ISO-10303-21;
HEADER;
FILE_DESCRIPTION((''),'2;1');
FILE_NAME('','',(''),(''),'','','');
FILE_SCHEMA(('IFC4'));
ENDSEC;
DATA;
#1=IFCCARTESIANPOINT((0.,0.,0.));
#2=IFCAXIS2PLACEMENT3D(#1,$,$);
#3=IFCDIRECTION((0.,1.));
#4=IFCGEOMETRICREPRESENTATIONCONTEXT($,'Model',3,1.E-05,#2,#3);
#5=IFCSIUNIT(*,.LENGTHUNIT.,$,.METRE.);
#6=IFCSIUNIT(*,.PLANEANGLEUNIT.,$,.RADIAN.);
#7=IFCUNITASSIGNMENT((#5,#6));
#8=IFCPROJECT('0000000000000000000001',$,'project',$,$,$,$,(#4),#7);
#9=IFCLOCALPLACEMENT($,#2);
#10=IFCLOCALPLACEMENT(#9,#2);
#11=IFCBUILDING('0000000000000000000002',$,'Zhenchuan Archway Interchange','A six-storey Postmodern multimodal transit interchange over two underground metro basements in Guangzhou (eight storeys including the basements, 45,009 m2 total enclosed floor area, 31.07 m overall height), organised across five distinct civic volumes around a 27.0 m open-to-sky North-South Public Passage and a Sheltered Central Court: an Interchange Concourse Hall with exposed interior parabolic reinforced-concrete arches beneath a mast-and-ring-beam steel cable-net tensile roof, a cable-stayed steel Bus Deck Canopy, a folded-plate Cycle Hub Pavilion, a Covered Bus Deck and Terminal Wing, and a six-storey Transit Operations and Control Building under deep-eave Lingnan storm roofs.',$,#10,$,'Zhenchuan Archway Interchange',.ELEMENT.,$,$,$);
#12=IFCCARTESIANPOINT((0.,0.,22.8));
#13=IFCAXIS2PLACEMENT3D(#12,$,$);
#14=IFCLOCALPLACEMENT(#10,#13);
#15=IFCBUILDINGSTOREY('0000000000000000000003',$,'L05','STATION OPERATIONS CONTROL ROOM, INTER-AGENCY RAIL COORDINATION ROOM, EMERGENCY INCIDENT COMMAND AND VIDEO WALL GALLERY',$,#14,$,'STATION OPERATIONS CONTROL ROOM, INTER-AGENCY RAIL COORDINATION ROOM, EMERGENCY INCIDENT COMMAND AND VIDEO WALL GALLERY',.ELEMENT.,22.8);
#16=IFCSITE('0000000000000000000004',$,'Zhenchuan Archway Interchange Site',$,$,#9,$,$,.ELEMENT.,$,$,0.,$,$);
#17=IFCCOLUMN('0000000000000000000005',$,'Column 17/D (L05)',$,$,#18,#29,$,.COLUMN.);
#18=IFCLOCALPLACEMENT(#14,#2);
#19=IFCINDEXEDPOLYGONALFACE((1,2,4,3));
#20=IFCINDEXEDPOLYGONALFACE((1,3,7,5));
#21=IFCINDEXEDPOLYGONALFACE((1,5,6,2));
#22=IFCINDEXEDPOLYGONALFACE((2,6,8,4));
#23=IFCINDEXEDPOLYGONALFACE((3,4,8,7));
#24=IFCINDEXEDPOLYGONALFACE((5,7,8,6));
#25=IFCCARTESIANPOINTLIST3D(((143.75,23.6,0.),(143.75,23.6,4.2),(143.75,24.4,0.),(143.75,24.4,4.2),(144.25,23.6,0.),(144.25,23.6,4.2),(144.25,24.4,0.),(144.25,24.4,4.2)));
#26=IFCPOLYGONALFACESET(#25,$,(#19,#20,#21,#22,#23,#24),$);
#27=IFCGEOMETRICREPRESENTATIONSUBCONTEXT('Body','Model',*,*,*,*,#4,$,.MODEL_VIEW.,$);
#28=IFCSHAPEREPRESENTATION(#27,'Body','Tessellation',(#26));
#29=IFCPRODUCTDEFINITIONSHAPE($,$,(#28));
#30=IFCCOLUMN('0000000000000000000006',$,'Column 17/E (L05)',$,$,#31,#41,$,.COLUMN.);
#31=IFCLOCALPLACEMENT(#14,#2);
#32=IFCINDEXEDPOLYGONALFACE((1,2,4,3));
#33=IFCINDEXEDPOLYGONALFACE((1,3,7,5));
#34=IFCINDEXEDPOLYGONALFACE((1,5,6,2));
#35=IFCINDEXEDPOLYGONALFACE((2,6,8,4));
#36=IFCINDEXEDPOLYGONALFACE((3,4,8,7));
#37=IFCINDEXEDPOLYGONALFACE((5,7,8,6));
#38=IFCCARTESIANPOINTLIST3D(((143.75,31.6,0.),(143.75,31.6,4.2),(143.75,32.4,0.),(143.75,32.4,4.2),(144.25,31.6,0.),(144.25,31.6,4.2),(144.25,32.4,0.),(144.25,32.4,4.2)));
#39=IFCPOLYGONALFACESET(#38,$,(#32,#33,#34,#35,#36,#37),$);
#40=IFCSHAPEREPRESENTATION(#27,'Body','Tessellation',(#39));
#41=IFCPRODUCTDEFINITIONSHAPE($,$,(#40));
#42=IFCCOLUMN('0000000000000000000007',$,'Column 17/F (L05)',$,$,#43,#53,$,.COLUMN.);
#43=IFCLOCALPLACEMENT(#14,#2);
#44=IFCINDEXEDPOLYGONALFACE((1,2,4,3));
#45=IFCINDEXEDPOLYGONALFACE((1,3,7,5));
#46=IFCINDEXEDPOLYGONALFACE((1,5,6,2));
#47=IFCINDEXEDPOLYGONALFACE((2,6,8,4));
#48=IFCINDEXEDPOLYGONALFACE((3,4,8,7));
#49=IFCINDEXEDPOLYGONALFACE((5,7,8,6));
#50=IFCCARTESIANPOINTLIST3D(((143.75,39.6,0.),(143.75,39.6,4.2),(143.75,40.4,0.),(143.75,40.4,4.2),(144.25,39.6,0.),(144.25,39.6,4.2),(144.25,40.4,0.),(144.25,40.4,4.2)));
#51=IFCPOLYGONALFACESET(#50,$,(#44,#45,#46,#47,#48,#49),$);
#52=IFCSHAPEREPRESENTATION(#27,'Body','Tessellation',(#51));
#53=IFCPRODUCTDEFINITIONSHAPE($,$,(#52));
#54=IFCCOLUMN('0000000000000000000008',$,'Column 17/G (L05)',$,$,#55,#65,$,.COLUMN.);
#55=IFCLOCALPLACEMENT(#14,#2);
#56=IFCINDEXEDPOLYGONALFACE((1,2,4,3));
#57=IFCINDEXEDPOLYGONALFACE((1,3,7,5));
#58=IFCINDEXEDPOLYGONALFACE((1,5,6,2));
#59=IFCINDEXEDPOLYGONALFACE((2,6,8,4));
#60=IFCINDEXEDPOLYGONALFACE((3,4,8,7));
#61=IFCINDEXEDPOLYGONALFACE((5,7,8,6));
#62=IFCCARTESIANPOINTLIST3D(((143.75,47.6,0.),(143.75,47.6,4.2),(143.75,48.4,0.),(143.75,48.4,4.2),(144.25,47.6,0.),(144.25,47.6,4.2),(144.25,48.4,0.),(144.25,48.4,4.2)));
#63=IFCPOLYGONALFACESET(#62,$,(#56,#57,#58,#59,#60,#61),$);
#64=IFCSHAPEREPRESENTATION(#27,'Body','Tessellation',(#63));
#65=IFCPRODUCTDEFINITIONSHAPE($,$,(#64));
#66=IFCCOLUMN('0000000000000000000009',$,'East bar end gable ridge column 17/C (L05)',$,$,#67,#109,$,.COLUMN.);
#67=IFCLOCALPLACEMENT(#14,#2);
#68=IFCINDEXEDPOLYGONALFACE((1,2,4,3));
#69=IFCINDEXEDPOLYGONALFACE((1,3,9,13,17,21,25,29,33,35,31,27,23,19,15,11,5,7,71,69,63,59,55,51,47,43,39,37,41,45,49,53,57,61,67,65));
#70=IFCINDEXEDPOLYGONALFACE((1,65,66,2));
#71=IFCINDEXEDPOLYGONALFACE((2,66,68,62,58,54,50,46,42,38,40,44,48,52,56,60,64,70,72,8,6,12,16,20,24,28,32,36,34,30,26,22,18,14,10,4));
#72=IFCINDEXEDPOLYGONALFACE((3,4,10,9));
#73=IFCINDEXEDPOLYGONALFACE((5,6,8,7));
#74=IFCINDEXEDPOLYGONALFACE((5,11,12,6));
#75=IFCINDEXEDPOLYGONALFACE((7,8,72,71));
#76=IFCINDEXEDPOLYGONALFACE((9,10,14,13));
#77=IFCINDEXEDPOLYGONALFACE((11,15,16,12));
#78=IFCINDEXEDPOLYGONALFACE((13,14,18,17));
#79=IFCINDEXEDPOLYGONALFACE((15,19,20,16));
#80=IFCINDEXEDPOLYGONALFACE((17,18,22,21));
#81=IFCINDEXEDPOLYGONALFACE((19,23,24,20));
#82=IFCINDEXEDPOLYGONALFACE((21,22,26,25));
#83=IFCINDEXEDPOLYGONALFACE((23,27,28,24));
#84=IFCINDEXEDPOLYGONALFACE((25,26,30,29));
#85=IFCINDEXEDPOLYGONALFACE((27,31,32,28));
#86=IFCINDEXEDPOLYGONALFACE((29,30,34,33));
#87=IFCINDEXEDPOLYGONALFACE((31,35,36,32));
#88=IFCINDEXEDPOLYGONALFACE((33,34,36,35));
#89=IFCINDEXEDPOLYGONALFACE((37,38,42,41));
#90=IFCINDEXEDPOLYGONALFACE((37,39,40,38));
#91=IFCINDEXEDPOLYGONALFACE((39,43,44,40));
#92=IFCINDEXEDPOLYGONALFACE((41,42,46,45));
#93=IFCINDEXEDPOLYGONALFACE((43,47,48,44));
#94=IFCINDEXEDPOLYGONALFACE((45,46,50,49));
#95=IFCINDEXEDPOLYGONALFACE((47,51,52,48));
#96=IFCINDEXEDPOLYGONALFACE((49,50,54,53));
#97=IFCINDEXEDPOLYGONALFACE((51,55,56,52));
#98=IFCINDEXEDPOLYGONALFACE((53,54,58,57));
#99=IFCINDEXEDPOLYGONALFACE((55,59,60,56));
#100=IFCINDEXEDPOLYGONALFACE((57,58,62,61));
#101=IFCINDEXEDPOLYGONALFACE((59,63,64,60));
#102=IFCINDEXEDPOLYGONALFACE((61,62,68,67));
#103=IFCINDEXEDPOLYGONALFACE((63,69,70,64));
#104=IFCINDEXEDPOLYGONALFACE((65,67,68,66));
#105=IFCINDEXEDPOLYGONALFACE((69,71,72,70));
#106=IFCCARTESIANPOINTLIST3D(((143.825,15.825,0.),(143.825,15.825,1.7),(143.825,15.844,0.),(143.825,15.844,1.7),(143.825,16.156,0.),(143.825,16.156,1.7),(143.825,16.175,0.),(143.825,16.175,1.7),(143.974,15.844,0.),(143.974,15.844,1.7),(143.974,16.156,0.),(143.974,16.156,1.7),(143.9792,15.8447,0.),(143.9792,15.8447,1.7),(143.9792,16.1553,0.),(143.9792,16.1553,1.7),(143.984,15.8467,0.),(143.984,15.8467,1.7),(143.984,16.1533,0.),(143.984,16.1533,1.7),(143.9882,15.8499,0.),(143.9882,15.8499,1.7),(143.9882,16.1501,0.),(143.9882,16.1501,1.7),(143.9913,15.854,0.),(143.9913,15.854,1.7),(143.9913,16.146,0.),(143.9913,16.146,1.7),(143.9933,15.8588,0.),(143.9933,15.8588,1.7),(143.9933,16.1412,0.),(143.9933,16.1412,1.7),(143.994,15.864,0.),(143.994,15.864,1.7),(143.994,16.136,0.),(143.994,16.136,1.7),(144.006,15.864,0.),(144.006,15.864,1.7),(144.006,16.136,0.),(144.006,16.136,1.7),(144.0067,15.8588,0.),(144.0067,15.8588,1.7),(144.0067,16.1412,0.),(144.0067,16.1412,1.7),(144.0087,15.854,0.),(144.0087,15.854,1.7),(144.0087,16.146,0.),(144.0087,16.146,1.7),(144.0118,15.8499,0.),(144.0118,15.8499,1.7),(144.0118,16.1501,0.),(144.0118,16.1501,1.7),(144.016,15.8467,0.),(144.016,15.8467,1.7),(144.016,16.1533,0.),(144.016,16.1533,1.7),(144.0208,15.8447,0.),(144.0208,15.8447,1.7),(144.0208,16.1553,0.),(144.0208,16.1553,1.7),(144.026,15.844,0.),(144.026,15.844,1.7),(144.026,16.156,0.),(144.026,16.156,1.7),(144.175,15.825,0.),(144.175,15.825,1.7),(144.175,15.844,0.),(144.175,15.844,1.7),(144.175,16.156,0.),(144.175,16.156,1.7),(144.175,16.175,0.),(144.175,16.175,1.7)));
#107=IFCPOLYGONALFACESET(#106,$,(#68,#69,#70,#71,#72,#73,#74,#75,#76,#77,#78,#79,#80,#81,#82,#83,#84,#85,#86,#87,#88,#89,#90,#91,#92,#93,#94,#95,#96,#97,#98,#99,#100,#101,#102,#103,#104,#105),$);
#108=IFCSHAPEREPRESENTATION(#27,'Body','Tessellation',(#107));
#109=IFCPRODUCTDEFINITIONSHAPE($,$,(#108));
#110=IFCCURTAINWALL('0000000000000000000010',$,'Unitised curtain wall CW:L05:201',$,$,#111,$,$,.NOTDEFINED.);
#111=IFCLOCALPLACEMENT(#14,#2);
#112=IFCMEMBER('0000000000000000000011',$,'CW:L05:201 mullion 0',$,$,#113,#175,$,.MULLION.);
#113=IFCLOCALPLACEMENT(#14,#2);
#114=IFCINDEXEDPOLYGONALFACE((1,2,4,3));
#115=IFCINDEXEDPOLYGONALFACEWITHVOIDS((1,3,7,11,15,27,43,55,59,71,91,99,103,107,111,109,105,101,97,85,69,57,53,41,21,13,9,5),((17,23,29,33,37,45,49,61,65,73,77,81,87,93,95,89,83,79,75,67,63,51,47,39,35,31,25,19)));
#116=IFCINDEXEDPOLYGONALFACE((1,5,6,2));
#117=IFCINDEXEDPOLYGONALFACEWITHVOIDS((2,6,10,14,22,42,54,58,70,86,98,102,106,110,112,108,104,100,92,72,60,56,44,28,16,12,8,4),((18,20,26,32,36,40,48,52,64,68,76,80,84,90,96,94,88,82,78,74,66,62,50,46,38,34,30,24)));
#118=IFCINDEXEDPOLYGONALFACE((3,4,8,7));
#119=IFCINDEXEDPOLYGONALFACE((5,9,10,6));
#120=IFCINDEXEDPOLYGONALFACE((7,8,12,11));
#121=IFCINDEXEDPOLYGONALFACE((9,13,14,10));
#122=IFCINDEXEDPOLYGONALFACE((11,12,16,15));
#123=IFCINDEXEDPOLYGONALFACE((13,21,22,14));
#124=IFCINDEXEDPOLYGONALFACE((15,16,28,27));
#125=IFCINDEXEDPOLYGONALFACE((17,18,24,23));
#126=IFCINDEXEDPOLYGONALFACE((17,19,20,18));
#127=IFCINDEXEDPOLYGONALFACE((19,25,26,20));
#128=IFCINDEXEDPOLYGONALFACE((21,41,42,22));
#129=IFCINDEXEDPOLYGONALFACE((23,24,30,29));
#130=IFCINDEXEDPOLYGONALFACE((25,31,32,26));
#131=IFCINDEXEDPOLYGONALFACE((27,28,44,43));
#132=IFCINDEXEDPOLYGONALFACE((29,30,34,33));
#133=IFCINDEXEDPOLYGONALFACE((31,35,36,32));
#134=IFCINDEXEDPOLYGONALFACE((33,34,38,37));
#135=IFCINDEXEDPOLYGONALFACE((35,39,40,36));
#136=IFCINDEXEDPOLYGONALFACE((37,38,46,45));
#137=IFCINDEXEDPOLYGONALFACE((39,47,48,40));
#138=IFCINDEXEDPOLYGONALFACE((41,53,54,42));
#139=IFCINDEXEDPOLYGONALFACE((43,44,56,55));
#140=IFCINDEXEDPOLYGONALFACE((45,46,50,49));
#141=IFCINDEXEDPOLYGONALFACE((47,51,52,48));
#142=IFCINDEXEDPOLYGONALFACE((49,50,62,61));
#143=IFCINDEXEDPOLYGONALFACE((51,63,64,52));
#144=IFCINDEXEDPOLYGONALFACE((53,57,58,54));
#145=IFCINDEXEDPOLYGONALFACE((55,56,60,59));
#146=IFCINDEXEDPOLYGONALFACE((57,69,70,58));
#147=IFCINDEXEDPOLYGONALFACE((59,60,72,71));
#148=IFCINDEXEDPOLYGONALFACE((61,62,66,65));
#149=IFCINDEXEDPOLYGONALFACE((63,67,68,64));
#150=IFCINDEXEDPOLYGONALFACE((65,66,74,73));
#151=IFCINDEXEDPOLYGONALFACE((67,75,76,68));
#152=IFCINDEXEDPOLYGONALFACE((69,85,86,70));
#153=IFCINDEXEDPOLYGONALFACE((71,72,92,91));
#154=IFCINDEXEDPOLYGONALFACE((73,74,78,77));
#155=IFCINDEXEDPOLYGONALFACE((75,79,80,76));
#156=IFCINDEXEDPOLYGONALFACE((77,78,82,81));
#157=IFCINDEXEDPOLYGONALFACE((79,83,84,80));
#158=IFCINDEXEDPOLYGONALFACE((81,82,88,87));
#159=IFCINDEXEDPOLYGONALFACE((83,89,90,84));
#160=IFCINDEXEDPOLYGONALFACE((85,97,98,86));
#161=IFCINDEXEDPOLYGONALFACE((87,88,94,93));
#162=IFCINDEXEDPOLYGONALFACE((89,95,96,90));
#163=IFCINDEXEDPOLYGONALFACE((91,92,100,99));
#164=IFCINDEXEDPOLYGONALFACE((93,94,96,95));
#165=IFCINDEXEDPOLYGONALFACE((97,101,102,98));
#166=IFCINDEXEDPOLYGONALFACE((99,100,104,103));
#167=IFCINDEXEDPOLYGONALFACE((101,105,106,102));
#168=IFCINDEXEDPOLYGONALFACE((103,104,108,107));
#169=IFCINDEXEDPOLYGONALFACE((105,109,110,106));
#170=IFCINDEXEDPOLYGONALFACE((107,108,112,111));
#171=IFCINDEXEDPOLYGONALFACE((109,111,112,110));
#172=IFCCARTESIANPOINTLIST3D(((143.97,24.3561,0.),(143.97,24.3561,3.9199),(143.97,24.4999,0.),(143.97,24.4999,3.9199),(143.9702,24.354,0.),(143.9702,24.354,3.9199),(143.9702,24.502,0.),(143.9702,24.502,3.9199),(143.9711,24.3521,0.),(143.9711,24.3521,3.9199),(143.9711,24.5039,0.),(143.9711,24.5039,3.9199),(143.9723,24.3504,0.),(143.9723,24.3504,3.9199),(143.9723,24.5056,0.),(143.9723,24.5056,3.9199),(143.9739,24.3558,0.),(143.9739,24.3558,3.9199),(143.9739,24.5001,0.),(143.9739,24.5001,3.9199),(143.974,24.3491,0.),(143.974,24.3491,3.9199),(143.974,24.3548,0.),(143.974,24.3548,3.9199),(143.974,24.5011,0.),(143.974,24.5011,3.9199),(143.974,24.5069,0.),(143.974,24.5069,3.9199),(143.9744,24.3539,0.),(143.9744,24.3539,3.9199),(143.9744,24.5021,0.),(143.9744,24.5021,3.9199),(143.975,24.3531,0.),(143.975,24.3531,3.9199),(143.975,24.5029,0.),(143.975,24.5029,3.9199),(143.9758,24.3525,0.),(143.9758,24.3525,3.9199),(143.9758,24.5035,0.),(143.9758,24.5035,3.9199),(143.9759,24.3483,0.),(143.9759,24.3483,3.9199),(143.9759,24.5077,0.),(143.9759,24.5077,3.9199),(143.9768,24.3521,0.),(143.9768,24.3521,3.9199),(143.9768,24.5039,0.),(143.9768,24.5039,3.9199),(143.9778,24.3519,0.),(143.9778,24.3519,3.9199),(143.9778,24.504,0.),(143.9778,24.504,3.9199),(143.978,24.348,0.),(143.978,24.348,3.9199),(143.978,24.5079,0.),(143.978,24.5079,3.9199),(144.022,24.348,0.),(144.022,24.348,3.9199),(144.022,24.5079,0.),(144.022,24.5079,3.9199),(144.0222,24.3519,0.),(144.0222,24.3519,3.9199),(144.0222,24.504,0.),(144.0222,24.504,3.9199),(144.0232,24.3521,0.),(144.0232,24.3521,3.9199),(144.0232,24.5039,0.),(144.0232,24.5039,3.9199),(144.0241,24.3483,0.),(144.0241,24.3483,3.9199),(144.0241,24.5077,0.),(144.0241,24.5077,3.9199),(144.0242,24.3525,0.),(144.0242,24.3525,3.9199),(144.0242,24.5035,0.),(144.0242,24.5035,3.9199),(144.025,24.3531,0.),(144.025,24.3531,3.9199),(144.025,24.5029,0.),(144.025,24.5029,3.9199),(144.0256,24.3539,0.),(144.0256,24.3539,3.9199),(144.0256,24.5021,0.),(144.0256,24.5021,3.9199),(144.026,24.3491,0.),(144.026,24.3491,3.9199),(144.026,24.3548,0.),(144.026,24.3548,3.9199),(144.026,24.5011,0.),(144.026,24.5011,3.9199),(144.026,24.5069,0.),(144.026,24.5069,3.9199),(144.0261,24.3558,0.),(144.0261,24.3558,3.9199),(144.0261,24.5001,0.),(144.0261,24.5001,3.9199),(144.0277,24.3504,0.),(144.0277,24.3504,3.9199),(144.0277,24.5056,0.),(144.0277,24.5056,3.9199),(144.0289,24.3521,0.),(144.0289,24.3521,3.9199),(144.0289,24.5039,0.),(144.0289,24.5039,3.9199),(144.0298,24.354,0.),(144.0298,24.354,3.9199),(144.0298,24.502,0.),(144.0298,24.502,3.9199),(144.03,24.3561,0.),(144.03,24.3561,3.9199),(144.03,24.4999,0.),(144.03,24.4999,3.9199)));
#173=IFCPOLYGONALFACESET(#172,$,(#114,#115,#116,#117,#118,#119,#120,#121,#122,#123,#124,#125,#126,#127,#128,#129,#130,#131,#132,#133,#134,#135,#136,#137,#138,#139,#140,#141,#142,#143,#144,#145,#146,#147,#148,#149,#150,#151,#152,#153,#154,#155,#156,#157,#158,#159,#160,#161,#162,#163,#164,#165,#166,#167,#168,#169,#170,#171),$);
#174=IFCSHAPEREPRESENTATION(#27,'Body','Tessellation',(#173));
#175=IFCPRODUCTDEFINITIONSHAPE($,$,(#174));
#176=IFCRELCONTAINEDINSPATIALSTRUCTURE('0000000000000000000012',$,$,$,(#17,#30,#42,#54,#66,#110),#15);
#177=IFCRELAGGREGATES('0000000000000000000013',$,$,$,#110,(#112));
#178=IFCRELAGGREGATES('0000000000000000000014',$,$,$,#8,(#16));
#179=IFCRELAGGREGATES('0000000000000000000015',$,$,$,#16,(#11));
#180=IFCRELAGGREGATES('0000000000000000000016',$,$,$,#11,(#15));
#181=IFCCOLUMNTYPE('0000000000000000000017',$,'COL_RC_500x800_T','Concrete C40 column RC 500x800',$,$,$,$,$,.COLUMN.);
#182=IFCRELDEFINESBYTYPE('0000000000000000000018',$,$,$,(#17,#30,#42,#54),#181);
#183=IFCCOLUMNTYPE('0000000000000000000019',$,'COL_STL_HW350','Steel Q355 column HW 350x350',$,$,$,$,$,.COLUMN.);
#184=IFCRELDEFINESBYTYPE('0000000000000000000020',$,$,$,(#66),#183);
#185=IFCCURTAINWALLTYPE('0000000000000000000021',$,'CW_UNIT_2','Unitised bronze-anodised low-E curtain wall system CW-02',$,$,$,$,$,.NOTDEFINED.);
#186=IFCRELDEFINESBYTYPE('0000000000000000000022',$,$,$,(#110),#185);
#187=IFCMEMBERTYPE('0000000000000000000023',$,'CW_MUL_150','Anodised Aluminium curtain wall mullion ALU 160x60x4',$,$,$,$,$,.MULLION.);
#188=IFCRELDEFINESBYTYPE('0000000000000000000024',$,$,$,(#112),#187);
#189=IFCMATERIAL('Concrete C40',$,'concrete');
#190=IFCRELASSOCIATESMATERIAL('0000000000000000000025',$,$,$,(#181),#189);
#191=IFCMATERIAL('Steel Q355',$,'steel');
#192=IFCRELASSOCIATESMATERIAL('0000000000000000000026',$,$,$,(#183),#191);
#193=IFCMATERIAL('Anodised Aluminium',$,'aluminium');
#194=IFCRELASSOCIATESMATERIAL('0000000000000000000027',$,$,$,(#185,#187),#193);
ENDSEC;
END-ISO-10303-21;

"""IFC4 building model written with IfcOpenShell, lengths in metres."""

from ifc_helpers import new_model, si_unit, direction, frame, origin, origin_2d, place, context, subcontext, project, spatial, rectangle, hollow_rectangle, i_section, extrude, material, material_profile, profile_set, type_object, element, aggregate, save


model = new_model("IFC4")

# Units and contexts
model_context = context("Model", 3, precision=1e-05, world=origin(), true_north=direction((0.0, 1.0)))
body_context = subcontext(model_context, "Body", "Model", "MODEL_VIEW")
ifc_project = project(units=[si_unit("LENGTHUNIT", "METRE"), si_unit("PLANEANGLEUNIT", "RADIAN")], contexts=[model_context])

# Site, building, storey
site_placement = place(None, origin())
site = spatial("IfcSite", under=ifc_project, at=site_placement, Name="Zhenchuan Archway Interchange Site", CompositionType="ELEMENT", RefElevation=0.0)
building_placement = place(site_placement, origin())
building = spatial("IfcBuilding", under=site, at=building_placement, Name="Zhenchuan Archway Interchange", Description="A six-storey Postmodern multimodal transit interchange over two underground metro basements in Guangzhou (eight storeys including the basements, 45,009 m2 total enclosed floor area, 31.07 m overall height), organised across five distinct civic volumes around a 27.0 m open-to-sky North-South Public Passage and a Sheltered Central Court: an Interchange Concourse Hall with exposed interior parabolic reinforced-concrete arches beneath a mast-and-ring-beam steel cable-net tensile roof, a cable-stayed steel Bus Deck Canopy, a folded-plate Cycle Hub Pavilion, a Covered Bus Deck and Terminal Wing, and a six-storey Transit Operations and Control Building under deep-eave Lingnan storm roofs.", LongName="Zhenchuan Archway Interchange", CompositionType="ELEMENT")
storey_placement = place(building_placement, frame((0.0, 0.0, 22.8)))
storey = spatial("IfcBuildingStorey", under=building, at=storey_placement, Name="L05", Description="STATION OPERATIONS CONTROL ROOM, INTER-AGENCY RAIL COORDINATION ROOM, EMERGENCY INCIDENT COMMAND AND VIDEO WALL GALLERY", LongName="STATION OPERATIONS CONTROL ROOM, INTER-AGENCY RAIL COORDINATION ROOM, EMERGENCY INCIDENT COMMAND AND VIDEO WALL GALLERY", CompositionType="ELEMENT", Elevation=22.8)

# Columns
ifc_material_1 = material(Name="Concrete C40", Category="concrete")
ifc_material_profile_1 = material_profile(ifc_material_1, rectangle(XDim=0.5, YDim=0.8, at=origin_2d()), Name="RC 500x800")
ifc_profile_set_1 = profile_set([ifc_material_profile_1], Name="Concrete C40")
column_type_1 = type_object("IfcColumnType", Name="COL_RC_500x800_T", Description="Concrete C40 column RC 500x800", PredefinedType="COLUMN", material=ifc_profile_set_1)
for number, where, z_axis, x_axis, name in (
    (1, (144.0, 24.0, 0.0), (0.0, 0.0, 1.0), (1.0, 0.0, 0.0), "Column 17/D (L05)"),
    (2, (144.0, 32.0, 0.0), (0.0, 0.0, 1.0), (1.0, 0.0, 0.0), "Column 17/E (L05)"),
    (3, (144.0, 40.0, 0.0), (0.0, 0.0, 1.0), (1.0, 0.0, 0.0), "Column 17/F (L05)"),
    (4, (144.0, 48.0, 0.0), (0.0, 0.0, 1.0), (1.0, 0.0, 0.0), "Column 17/G (L05)"),
):
    element("IfcColumn", number, at=place(storey_placement, frame(where, z_axis=z_axis, x_axis=x_axis)), inside=storey, type_object=column_type_1, Name=name, PredefinedType="COLUMN", context=body_context, shape_type="SweptSolid", body=[
        extrude(rectangle(XDim=0.5, YDim=0.8, at=origin_2d()), origin(), (0.0, 0.0, 1.0), 4.2),
    ])
ifc_material_2 = material(Name="Steel Q355", Category="steel")
ifc_material_profile_2 = material_profile(ifc_material_2, i_section(OverallWidth=0.3501, OverallDepth=0.3501, WebThickness=0.012, FlangeThickness=0.019, FilletRadius=0.02, at=origin_2d()), Name="HW 350x350")
ifc_profile_set_2 = profile_set([ifc_material_profile_2], Name="Steel Q355")
column_type_2 = type_object("IfcColumnType", Name="COL_STL_HW350", Description="Steel Q355 column HW 350x350", PredefinedType="COLUMN", material=ifc_profile_set_2)
column_placement = place(storey_placement, frame((144.0, 16.0, 0.0), z_axis=(0.0, 0.0, 1.0), x_axis=(1.0, 0.0, 0.0)))
element("IfcColumn", 5, at=column_placement, inside=storey, type_object=column_type_2, Name="East bar end gable ridge column 17/C (L05)", PredefinedType="COLUMN", context=body_context, shape_type="SweptSolid", body=[
    extrude(i_section(OverallWidth=0.3501, OverallDepth=0.3501, WebThickness=0.012, FlangeThickness=0.019, FilletRadius=0.02, at=origin_2d()), origin(), (0.0, 0.0, 1.0), 1.7),
])

# Curtain wall, member
ifc_material_3 = material(Name="Anodised Aluminium", Category="aluminium")
curtain_wall_type = type_object("IfcCurtainWallType", Name="CW_UNIT_2", Description="Unitised bronze-anodised low-E curtain wall system CW-02", PredefinedType="NOTDEFINED", material=ifc_material_3)
curtain_wall_placement = place(storey_placement, origin())
curtain_wall = element("IfcCurtainWall", 6, at=curtain_wall_placement, inside=storey, type_object=curtain_wall_type, Name="Unitised curtain wall CW:L05:201", PredefinedType="NOTDEFINED")
ifc_material_profile_3 = material_profile(ifc_material_3, hollow_rectangle(XDim=0.0601, YDim=0.1599, WallThickness=0.0039, InnerFilletRadius=0.0039, OuterFilletRadius=0.0081, at=origin_2d()), Name="ALU 160x60x4")
ifc_profile_set_3 = profile_set([ifc_material_profile_3], Name="Anodised Aluminium")
member_type_1 = type_object("IfcMemberType", Name="CW_MUL_150", Description="Anodised Aluminium curtain wall mullion ALU 160x60x4", PredefinedType="MULLION", material=ifc_profile_set_3)
member_1_placement = place(storey_placement, frame((144.0, 24.428, 0.0), z_axis=(0.0, 0.0, 1.0), x_axis=(1.0, 0.0, 0.0)))
member_1 = element("IfcMember", 7, at=member_1_placement, type_object=member_type_1, Name="CW:L05:201 mullion 0", PredefinedType="MULLION", context=body_context, shape_type="SweptSolid", body=[
    extrude(hollow_rectangle(XDim=0.0601, YDim=0.1599, WallThickness=0.0039, InnerFilletRadius=0.0039, OuterFilletRadius=0.0081, at=origin_2d()), origin(), (0.0, 0.0, 1.0), 3.9199),
])
aggregate(curtain_wall, [member_1])

save(model, "model.ifc")
